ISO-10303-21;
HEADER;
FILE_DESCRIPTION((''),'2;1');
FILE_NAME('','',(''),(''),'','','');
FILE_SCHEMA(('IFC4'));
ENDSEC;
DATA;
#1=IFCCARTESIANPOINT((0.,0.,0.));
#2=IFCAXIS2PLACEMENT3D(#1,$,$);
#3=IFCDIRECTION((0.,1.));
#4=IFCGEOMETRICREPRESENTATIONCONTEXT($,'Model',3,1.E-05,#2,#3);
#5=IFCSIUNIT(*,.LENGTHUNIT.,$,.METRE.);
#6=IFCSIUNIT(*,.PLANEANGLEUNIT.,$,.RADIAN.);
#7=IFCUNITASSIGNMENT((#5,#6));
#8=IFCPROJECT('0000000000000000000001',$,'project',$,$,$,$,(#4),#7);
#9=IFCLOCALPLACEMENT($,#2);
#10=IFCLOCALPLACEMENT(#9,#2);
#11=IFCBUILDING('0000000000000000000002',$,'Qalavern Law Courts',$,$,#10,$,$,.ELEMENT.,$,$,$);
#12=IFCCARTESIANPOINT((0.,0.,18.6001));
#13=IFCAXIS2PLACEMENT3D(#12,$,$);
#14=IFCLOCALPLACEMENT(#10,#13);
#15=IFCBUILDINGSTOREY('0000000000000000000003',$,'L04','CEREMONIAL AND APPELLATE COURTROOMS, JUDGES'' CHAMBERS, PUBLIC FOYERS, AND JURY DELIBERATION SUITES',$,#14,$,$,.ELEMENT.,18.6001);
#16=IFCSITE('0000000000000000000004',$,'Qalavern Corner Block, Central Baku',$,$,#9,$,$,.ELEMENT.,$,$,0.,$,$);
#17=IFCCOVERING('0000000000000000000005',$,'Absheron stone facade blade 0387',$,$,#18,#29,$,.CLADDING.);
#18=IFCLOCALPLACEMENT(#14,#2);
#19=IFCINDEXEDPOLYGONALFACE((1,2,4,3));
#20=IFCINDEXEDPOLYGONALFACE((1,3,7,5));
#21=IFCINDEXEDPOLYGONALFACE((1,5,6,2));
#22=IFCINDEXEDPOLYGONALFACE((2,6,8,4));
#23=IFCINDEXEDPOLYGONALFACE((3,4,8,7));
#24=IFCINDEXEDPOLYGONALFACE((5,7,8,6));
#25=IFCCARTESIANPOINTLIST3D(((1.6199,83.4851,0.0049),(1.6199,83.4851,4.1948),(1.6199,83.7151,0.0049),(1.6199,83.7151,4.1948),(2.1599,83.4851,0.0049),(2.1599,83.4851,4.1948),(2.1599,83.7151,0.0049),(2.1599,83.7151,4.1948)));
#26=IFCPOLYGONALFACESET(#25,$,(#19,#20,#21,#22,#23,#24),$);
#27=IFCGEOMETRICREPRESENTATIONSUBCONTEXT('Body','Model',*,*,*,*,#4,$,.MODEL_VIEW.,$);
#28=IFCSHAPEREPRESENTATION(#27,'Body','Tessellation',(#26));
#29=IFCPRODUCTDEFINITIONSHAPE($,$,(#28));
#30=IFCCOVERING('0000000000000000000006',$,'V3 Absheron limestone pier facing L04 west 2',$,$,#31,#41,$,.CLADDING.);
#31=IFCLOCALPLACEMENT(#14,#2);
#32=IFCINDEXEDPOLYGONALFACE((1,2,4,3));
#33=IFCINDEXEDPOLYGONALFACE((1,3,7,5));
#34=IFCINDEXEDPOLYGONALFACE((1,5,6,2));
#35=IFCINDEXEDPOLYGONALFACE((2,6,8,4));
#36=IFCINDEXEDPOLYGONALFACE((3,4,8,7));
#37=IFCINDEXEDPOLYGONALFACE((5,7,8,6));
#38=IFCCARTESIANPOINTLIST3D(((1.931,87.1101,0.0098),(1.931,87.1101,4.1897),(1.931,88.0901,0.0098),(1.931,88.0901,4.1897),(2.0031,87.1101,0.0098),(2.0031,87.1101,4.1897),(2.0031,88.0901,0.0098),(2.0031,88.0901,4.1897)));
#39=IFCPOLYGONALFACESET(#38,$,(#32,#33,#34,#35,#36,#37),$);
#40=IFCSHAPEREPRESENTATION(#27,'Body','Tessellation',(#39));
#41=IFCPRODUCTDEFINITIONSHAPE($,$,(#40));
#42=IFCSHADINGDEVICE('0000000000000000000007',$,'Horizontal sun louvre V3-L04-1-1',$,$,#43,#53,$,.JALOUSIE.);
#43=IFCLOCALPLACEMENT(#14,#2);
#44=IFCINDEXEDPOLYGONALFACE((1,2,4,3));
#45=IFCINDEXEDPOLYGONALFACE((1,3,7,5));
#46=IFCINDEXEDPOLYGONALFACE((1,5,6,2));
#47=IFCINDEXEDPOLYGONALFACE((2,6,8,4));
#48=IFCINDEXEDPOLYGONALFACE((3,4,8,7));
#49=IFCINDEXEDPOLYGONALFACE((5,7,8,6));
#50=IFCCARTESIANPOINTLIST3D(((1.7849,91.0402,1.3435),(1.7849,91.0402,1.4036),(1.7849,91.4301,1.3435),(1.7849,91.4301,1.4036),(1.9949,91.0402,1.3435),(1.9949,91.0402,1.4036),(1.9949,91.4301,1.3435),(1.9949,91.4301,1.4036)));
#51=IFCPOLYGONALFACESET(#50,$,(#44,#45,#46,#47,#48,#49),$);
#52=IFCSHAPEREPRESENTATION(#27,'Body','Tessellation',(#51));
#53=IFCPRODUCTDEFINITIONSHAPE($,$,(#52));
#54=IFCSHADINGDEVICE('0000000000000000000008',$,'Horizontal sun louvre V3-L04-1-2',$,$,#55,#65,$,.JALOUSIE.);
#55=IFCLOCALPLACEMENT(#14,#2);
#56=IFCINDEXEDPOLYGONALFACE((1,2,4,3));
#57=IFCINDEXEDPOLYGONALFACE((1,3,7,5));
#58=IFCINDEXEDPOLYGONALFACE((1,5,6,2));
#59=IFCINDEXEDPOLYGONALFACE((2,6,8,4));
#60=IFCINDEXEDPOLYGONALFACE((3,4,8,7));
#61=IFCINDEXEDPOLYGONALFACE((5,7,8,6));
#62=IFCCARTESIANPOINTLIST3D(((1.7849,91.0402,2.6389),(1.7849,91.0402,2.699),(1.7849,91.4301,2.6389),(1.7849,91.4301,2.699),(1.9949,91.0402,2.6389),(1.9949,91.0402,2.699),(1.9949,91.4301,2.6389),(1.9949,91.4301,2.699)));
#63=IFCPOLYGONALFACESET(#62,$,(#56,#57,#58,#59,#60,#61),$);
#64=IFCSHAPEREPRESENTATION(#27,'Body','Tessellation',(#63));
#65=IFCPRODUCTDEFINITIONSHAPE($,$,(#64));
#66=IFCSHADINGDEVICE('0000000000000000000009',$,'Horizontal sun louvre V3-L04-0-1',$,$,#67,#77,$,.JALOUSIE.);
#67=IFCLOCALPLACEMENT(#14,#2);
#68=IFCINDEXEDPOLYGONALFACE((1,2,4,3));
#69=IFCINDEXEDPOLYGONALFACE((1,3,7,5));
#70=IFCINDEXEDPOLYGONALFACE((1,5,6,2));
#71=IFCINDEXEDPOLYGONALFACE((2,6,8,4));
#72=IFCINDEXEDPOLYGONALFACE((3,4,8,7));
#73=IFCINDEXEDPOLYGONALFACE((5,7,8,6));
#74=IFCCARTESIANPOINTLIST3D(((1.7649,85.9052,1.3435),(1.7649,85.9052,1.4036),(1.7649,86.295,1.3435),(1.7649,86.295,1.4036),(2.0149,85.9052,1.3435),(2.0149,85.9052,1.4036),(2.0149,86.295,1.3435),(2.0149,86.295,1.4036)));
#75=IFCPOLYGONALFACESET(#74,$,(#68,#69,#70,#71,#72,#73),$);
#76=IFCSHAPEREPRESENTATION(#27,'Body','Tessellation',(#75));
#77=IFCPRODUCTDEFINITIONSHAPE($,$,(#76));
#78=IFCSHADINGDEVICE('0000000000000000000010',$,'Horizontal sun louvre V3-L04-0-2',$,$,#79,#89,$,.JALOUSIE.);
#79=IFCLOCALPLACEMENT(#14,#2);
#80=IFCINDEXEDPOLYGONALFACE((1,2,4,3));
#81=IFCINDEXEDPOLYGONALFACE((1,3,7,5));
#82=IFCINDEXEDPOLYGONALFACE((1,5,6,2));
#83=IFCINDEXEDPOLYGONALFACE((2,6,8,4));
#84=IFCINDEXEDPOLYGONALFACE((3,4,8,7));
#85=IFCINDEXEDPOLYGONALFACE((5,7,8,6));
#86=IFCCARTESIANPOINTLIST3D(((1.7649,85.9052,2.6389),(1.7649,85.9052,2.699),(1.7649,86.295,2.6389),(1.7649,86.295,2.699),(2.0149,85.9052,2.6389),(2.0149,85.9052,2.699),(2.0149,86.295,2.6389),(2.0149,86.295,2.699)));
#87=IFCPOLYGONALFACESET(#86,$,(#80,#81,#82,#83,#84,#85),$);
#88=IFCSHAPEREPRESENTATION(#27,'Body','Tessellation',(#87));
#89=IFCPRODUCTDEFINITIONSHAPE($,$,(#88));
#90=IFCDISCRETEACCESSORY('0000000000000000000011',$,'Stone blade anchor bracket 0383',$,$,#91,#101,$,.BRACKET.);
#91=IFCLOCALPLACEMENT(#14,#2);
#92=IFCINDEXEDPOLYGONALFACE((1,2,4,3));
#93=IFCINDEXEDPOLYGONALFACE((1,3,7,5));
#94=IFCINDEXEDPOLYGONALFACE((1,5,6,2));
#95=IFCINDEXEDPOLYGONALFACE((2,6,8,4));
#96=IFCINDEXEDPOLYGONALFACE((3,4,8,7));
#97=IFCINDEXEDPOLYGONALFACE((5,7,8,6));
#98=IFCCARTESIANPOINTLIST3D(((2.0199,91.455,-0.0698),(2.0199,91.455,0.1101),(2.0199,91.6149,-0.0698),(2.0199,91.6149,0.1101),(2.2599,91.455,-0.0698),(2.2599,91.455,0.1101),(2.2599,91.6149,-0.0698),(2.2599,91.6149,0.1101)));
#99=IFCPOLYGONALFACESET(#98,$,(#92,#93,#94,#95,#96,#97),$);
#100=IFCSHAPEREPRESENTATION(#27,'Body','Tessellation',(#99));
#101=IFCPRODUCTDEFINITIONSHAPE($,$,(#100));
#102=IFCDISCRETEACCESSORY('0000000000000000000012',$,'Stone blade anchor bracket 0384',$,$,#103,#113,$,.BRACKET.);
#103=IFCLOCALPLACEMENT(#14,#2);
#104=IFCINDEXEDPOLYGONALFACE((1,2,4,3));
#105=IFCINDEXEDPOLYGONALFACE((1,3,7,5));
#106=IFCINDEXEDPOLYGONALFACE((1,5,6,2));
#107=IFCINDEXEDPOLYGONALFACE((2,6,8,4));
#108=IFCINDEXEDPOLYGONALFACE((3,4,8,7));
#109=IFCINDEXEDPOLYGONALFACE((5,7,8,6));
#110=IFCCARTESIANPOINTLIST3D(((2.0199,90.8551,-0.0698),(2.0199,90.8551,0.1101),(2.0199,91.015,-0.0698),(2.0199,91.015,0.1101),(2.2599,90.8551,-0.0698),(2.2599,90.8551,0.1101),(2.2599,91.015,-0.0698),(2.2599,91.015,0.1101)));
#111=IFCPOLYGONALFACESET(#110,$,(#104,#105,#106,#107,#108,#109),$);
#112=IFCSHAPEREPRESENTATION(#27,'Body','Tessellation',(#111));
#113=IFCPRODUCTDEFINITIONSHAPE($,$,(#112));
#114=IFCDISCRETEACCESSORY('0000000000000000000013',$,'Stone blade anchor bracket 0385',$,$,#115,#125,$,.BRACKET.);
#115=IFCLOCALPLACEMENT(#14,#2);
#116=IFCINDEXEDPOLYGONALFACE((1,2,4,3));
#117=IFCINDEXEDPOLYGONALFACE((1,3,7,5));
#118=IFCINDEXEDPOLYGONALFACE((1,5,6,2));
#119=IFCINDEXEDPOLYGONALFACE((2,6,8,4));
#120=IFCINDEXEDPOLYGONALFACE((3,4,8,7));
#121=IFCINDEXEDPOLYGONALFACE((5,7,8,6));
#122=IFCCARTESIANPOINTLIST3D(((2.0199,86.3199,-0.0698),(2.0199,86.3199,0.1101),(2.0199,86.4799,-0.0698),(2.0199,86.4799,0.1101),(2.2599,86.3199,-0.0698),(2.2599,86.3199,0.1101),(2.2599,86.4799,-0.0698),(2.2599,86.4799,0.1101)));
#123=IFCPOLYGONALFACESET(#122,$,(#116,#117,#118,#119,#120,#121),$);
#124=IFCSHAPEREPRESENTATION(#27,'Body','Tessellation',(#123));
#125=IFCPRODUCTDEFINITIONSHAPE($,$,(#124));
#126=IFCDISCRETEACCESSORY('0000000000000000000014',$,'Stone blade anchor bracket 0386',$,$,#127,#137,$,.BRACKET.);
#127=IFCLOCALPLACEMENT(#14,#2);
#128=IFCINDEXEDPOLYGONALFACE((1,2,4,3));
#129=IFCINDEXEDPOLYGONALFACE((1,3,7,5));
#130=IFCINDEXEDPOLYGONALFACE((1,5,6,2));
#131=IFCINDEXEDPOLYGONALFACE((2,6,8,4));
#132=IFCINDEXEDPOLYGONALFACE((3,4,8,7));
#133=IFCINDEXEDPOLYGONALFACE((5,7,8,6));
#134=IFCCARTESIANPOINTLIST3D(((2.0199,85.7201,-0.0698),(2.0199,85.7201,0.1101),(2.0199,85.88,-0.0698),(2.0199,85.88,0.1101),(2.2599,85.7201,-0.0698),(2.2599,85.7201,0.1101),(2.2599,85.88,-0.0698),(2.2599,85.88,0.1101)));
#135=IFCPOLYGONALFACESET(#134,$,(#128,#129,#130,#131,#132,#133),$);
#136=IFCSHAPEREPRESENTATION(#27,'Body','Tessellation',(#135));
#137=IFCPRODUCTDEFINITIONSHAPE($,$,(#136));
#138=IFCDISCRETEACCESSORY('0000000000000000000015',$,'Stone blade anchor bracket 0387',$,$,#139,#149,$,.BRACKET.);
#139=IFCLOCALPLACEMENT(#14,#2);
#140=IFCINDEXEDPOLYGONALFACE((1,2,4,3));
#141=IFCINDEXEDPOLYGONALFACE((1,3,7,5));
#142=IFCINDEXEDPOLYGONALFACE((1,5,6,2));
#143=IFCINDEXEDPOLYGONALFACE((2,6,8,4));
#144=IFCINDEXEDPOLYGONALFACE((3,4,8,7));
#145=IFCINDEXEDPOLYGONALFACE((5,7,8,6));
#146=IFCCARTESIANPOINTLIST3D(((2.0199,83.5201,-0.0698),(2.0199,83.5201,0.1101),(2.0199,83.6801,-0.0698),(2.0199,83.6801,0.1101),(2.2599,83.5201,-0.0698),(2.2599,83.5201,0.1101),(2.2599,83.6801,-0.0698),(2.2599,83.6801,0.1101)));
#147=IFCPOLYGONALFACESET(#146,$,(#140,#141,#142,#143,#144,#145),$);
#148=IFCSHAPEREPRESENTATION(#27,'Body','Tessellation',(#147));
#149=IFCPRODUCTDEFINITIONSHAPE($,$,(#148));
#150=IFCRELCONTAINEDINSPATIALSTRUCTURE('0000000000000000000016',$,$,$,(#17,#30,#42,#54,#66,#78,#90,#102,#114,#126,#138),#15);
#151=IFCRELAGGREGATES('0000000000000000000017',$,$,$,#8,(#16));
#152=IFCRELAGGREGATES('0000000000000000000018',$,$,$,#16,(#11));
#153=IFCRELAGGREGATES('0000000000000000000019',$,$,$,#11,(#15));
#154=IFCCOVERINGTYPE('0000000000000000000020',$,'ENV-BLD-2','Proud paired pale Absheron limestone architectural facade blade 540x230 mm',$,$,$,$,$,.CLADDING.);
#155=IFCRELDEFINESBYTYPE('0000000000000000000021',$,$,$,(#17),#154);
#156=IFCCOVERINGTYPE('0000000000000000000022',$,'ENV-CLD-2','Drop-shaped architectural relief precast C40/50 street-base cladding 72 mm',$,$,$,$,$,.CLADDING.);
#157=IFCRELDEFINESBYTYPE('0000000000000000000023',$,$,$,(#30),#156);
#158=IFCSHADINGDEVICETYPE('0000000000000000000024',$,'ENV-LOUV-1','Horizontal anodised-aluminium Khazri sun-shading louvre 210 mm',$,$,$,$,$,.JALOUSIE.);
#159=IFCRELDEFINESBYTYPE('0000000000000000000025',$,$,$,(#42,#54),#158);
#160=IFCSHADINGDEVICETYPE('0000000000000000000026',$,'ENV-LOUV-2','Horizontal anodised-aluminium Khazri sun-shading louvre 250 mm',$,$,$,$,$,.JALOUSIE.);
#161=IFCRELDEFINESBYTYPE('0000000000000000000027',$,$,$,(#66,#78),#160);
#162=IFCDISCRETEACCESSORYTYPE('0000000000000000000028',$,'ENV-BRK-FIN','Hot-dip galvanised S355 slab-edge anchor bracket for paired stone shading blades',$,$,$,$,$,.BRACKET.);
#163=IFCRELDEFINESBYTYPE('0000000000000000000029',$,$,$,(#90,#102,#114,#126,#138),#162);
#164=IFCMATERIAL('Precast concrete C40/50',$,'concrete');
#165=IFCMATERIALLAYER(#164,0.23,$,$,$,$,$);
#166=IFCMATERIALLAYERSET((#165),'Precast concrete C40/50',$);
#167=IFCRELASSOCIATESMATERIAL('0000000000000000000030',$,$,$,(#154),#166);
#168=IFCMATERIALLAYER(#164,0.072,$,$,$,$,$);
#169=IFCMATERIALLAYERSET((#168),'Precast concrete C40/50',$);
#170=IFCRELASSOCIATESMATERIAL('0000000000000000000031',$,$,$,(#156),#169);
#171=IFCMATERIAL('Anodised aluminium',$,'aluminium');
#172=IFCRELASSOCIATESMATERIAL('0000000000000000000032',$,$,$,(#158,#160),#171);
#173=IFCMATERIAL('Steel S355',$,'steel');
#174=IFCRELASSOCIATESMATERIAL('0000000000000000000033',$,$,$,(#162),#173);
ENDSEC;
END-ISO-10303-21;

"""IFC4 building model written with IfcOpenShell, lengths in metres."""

from ifc_helpers import new_model, si_unit, direction, frame, origin, origin_2d, place, context, subcontext, project, spatial, rectangle, extrude, material, layer, layer_set, type_object, element, save


model = new_model("IFC4")

# Units and contexts
model_context = context("Model", 3, precision=1e-05, world=origin(), true_north=direction((0.0, 1.0)))
body_context = subcontext(model_context, "Body", "Model", "MODEL_VIEW")
ifc_project = project(units=[si_unit("LENGTHUNIT", "METRE"), si_unit("PLANEANGLEUNIT", "RADIAN")], contexts=[model_context])

# Site, building, storey
site_placement = place(None, origin())
site = spatial("IfcSite", under=ifc_project, at=site_placement, Name="Qalavern Corner Block, Central Baku", CompositionType="ELEMENT", RefElevation=0.0)
building_placement = place(site_placement, origin())
building = spatial("IfcBuilding", under=site, at=building_placement, Name="Qalavern Law Courts", CompositionType="ELEMENT")
storey_placement = place(building_placement, frame((0.0, 0.0, 18.6001)))
storey = spatial("IfcBuildingStorey", under=building, at=storey_placement, Name="L04", Description="CEREMONIAL AND APPELLATE COURTROOMS, JUDGES' CHAMBERS, PUBLIC FOYERS, AND JURY DELIBERATION SUITES", CompositionType="ELEMENT", Elevation=18.6001)

# Shared definitions
ifc_material_1 = material(Name="Anodised aluminium", Category="aluminium")

# Coverings
ifc_material_2 = material(Name="Precast concrete C40/50", Category="concrete")
ifc_layer_1 = layer(ifc_material_2, 0.23)
ifc_layer_set_1 = layer_set([ifc_layer_1], Name="Precast concrete C40/50")
covering_type_1 = type_object("IfcCoveringType", Name="ENV-BLD-2", Description="Proud paired pale Absheron limestone architectural facade blade 540x230 mm", PredefinedType="CLADDING", material=ifc_layer_set_1)
for number, where, z_axis, x_axis, name in (
    (1, (1.8899, 83.6001, 0.0049), (0.0, 0.0, 1.0), (-1.0, 0.0, 0.0), "Absheron stone facade blade 0387"),
):
    element("IfcCovering", number, at=place(storey_placement, frame(where, z_axis=z_axis, x_axis=x_axis)), inside=storey, type_object=covering_type_1, Name=name, PredefinedType="CLADDING", context=body_context, shape_type="SweptSolid", body=[
        extrude(rectangle(XDim=0.54, YDim=0.23, at=origin_2d()), origin(), (0.0, 0.0, 1.0), 4.1899),
    ])
ifc_layer_2 = layer(ifc_material_2, 0.072)
ifc_layer_set_2 = layer_set([ifc_layer_2], Name="Precast concrete C40/50")
covering_type_2 = type_object("IfcCoveringType", Name="ENV-CLD-2", Description="Drop-shaped architectural relief precast C40/50 street-base cladding 72 mm", PredefinedType="CLADDING", material=ifc_layer_set_2)
covering_placement = place(storey_placement, frame((1.967, 87.6001, 0.0098), z_axis=(0.0, 0.0, 1.0), x_axis=(0.0, -1.0, 0.0)))
element("IfcCovering", 2, at=covering_placement, inside=storey, type_object=covering_type_2, Name="V3 Absheron limestone pier facing L04 west 2", PredefinedType="CLADDING", context=body_context, shape_type="SweptSolid", body=[
    extrude(rectangle(XDim=0.98, YDim=0.072, at=origin_2d()), origin(), (0.0, 0.0, 1.0), 4.1799),
])

# Shading devices
shading_device_type_1 = type_object("IfcShadingDeviceType", Name="ENV-LOUV-1", Description="Horizontal anodised-aluminium Khazri sun-shading louvre 210 mm", PredefinedType="JALOUSIE", material=ifc_material_1)
for number, where, z_axis, x_axis, name in (
    (3, (1.8899, 91.2351, 1.3435), (0.0, 0.0, 1.0), (0.0, -1.0, 0.0), "Horizontal sun louvre V3-L04-1-1"),
    (4, (1.8899, 91.2351, 2.6389), (0.0, 0.0, 1.0), (0.0, -1.0, 0.0), "Horizontal sun louvre V3-L04-1-2"),
):
    element("IfcShadingDevice", number, at=place(storey_placement, frame(where, z_axis=z_axis, x_axis=x_axis)), inside=storey, type_object=shading_device_type_1, Name=name, PredefinedType="JALOUSIE", context=body_context, shape_type="SweptSolid", body=[
        extrude(rectangle(XDim=0.3899, YDim=0.21, at=origin_2d()), origin(), (0.0, 0.0, 1.0), 0.0601),
    ])
shading_device_type_2 = type_object("IfcShadingDeviceType", Name="ENV-LOUV-2", Description="Horizontal anodised-aluminium Khazri sun-shading louvre 250 mm", PredefinedType="JALOUSIE", material=ifc_material_1)
for number, where, z_axis, x_axis, name in (
    (5, (1.8899, 86.1001, 1.3435), (0.0, 0.0, 1.0), (0.0, -1.0, 0.0), "Horizontal sun louvre V3-L04-0-1"),
    (6, (1.8899, 86.1001, 2.6389), (0.0, 0.0, 1.0), (0.0, -1.0, 0.0), "Horizontal sun louvre V3-L04-0-2"),
):
    element("IfcShadingDevice", number, at=place(storey_placement, frame(where, z_axis=z_axis, x_axis=x_axis)), inside=storey, type_object=shading_device_type_2, Name=name, PredefinedType="JALOUSIE", context=body_context, shape_type="SweptSolid", body=[
        extrude(rectangle(XDim=0.3899, YDim=0.25, at=origin_2d()), origin(), (0.0, 0.0, 1.0), 0.0601),
    ])

# Discrete accessories
ifc_material_3 = material(Name="Steel S355", Category="steel")
discrete_accessory_type = type_object("IfcDiscreteAccessoryType", Name="ENV-BRK-FIN", Description="Hot-dip galvanised S355 slab-edge anchor bracket for paired stone shading blades", PredefinedType="BRACKET", material=ifc_material_3)
for number, where, z_axis, x_axis, name in (
    (7, (2.1399, 91.5349, -0.0698), (0.0, 0.0, 1.0), (-1.0, 0.0, 0.0), "Stone blade anchor bracket 0383"),
    (8, (2.1399, 90.9351, -0.0698), (0.0, 0.0, 1.0), (-1.0, 0.0, 0.0), "Stone blade anchor bracket 0384"),
    (9, (2.1399, 86.3999, -0.0698), (0.0, 0.0, 1.0), (-1.0, 0.0, 0.0), "Stone blade anchor bracket 0385"),
    (10, (2.1399, 85.8, -0.0698), (0.0, 0.0, 1.0), (-1.0, 0.0, 0.0), "Stone blade anchor bracket 0386"),
    (11, (2.1399, 83.6001, -0.0698), (0.0, 0.0, 1.0), (-1.0, 0.0, 0.0), "Stone blade anchor bracket 0387"),
):
    element("IfcDiscreteAccessory", number, at=place(storey_placement, frame(where, z_axis=z_axis, x_axis=x_axis)), inside=storey, type_object=discrete_accessory_type, Name=name, PredefinedType="BRACKET", context=body_context, shape_type="SweptSolid", body=[
        extrude(rectangle(XDim=0.24, YDim=0.1599, at=origin_2d()), origin(), (0.0, 0.0, 1.0), 0.1799),
    ])

save(model, "model.ifc")
